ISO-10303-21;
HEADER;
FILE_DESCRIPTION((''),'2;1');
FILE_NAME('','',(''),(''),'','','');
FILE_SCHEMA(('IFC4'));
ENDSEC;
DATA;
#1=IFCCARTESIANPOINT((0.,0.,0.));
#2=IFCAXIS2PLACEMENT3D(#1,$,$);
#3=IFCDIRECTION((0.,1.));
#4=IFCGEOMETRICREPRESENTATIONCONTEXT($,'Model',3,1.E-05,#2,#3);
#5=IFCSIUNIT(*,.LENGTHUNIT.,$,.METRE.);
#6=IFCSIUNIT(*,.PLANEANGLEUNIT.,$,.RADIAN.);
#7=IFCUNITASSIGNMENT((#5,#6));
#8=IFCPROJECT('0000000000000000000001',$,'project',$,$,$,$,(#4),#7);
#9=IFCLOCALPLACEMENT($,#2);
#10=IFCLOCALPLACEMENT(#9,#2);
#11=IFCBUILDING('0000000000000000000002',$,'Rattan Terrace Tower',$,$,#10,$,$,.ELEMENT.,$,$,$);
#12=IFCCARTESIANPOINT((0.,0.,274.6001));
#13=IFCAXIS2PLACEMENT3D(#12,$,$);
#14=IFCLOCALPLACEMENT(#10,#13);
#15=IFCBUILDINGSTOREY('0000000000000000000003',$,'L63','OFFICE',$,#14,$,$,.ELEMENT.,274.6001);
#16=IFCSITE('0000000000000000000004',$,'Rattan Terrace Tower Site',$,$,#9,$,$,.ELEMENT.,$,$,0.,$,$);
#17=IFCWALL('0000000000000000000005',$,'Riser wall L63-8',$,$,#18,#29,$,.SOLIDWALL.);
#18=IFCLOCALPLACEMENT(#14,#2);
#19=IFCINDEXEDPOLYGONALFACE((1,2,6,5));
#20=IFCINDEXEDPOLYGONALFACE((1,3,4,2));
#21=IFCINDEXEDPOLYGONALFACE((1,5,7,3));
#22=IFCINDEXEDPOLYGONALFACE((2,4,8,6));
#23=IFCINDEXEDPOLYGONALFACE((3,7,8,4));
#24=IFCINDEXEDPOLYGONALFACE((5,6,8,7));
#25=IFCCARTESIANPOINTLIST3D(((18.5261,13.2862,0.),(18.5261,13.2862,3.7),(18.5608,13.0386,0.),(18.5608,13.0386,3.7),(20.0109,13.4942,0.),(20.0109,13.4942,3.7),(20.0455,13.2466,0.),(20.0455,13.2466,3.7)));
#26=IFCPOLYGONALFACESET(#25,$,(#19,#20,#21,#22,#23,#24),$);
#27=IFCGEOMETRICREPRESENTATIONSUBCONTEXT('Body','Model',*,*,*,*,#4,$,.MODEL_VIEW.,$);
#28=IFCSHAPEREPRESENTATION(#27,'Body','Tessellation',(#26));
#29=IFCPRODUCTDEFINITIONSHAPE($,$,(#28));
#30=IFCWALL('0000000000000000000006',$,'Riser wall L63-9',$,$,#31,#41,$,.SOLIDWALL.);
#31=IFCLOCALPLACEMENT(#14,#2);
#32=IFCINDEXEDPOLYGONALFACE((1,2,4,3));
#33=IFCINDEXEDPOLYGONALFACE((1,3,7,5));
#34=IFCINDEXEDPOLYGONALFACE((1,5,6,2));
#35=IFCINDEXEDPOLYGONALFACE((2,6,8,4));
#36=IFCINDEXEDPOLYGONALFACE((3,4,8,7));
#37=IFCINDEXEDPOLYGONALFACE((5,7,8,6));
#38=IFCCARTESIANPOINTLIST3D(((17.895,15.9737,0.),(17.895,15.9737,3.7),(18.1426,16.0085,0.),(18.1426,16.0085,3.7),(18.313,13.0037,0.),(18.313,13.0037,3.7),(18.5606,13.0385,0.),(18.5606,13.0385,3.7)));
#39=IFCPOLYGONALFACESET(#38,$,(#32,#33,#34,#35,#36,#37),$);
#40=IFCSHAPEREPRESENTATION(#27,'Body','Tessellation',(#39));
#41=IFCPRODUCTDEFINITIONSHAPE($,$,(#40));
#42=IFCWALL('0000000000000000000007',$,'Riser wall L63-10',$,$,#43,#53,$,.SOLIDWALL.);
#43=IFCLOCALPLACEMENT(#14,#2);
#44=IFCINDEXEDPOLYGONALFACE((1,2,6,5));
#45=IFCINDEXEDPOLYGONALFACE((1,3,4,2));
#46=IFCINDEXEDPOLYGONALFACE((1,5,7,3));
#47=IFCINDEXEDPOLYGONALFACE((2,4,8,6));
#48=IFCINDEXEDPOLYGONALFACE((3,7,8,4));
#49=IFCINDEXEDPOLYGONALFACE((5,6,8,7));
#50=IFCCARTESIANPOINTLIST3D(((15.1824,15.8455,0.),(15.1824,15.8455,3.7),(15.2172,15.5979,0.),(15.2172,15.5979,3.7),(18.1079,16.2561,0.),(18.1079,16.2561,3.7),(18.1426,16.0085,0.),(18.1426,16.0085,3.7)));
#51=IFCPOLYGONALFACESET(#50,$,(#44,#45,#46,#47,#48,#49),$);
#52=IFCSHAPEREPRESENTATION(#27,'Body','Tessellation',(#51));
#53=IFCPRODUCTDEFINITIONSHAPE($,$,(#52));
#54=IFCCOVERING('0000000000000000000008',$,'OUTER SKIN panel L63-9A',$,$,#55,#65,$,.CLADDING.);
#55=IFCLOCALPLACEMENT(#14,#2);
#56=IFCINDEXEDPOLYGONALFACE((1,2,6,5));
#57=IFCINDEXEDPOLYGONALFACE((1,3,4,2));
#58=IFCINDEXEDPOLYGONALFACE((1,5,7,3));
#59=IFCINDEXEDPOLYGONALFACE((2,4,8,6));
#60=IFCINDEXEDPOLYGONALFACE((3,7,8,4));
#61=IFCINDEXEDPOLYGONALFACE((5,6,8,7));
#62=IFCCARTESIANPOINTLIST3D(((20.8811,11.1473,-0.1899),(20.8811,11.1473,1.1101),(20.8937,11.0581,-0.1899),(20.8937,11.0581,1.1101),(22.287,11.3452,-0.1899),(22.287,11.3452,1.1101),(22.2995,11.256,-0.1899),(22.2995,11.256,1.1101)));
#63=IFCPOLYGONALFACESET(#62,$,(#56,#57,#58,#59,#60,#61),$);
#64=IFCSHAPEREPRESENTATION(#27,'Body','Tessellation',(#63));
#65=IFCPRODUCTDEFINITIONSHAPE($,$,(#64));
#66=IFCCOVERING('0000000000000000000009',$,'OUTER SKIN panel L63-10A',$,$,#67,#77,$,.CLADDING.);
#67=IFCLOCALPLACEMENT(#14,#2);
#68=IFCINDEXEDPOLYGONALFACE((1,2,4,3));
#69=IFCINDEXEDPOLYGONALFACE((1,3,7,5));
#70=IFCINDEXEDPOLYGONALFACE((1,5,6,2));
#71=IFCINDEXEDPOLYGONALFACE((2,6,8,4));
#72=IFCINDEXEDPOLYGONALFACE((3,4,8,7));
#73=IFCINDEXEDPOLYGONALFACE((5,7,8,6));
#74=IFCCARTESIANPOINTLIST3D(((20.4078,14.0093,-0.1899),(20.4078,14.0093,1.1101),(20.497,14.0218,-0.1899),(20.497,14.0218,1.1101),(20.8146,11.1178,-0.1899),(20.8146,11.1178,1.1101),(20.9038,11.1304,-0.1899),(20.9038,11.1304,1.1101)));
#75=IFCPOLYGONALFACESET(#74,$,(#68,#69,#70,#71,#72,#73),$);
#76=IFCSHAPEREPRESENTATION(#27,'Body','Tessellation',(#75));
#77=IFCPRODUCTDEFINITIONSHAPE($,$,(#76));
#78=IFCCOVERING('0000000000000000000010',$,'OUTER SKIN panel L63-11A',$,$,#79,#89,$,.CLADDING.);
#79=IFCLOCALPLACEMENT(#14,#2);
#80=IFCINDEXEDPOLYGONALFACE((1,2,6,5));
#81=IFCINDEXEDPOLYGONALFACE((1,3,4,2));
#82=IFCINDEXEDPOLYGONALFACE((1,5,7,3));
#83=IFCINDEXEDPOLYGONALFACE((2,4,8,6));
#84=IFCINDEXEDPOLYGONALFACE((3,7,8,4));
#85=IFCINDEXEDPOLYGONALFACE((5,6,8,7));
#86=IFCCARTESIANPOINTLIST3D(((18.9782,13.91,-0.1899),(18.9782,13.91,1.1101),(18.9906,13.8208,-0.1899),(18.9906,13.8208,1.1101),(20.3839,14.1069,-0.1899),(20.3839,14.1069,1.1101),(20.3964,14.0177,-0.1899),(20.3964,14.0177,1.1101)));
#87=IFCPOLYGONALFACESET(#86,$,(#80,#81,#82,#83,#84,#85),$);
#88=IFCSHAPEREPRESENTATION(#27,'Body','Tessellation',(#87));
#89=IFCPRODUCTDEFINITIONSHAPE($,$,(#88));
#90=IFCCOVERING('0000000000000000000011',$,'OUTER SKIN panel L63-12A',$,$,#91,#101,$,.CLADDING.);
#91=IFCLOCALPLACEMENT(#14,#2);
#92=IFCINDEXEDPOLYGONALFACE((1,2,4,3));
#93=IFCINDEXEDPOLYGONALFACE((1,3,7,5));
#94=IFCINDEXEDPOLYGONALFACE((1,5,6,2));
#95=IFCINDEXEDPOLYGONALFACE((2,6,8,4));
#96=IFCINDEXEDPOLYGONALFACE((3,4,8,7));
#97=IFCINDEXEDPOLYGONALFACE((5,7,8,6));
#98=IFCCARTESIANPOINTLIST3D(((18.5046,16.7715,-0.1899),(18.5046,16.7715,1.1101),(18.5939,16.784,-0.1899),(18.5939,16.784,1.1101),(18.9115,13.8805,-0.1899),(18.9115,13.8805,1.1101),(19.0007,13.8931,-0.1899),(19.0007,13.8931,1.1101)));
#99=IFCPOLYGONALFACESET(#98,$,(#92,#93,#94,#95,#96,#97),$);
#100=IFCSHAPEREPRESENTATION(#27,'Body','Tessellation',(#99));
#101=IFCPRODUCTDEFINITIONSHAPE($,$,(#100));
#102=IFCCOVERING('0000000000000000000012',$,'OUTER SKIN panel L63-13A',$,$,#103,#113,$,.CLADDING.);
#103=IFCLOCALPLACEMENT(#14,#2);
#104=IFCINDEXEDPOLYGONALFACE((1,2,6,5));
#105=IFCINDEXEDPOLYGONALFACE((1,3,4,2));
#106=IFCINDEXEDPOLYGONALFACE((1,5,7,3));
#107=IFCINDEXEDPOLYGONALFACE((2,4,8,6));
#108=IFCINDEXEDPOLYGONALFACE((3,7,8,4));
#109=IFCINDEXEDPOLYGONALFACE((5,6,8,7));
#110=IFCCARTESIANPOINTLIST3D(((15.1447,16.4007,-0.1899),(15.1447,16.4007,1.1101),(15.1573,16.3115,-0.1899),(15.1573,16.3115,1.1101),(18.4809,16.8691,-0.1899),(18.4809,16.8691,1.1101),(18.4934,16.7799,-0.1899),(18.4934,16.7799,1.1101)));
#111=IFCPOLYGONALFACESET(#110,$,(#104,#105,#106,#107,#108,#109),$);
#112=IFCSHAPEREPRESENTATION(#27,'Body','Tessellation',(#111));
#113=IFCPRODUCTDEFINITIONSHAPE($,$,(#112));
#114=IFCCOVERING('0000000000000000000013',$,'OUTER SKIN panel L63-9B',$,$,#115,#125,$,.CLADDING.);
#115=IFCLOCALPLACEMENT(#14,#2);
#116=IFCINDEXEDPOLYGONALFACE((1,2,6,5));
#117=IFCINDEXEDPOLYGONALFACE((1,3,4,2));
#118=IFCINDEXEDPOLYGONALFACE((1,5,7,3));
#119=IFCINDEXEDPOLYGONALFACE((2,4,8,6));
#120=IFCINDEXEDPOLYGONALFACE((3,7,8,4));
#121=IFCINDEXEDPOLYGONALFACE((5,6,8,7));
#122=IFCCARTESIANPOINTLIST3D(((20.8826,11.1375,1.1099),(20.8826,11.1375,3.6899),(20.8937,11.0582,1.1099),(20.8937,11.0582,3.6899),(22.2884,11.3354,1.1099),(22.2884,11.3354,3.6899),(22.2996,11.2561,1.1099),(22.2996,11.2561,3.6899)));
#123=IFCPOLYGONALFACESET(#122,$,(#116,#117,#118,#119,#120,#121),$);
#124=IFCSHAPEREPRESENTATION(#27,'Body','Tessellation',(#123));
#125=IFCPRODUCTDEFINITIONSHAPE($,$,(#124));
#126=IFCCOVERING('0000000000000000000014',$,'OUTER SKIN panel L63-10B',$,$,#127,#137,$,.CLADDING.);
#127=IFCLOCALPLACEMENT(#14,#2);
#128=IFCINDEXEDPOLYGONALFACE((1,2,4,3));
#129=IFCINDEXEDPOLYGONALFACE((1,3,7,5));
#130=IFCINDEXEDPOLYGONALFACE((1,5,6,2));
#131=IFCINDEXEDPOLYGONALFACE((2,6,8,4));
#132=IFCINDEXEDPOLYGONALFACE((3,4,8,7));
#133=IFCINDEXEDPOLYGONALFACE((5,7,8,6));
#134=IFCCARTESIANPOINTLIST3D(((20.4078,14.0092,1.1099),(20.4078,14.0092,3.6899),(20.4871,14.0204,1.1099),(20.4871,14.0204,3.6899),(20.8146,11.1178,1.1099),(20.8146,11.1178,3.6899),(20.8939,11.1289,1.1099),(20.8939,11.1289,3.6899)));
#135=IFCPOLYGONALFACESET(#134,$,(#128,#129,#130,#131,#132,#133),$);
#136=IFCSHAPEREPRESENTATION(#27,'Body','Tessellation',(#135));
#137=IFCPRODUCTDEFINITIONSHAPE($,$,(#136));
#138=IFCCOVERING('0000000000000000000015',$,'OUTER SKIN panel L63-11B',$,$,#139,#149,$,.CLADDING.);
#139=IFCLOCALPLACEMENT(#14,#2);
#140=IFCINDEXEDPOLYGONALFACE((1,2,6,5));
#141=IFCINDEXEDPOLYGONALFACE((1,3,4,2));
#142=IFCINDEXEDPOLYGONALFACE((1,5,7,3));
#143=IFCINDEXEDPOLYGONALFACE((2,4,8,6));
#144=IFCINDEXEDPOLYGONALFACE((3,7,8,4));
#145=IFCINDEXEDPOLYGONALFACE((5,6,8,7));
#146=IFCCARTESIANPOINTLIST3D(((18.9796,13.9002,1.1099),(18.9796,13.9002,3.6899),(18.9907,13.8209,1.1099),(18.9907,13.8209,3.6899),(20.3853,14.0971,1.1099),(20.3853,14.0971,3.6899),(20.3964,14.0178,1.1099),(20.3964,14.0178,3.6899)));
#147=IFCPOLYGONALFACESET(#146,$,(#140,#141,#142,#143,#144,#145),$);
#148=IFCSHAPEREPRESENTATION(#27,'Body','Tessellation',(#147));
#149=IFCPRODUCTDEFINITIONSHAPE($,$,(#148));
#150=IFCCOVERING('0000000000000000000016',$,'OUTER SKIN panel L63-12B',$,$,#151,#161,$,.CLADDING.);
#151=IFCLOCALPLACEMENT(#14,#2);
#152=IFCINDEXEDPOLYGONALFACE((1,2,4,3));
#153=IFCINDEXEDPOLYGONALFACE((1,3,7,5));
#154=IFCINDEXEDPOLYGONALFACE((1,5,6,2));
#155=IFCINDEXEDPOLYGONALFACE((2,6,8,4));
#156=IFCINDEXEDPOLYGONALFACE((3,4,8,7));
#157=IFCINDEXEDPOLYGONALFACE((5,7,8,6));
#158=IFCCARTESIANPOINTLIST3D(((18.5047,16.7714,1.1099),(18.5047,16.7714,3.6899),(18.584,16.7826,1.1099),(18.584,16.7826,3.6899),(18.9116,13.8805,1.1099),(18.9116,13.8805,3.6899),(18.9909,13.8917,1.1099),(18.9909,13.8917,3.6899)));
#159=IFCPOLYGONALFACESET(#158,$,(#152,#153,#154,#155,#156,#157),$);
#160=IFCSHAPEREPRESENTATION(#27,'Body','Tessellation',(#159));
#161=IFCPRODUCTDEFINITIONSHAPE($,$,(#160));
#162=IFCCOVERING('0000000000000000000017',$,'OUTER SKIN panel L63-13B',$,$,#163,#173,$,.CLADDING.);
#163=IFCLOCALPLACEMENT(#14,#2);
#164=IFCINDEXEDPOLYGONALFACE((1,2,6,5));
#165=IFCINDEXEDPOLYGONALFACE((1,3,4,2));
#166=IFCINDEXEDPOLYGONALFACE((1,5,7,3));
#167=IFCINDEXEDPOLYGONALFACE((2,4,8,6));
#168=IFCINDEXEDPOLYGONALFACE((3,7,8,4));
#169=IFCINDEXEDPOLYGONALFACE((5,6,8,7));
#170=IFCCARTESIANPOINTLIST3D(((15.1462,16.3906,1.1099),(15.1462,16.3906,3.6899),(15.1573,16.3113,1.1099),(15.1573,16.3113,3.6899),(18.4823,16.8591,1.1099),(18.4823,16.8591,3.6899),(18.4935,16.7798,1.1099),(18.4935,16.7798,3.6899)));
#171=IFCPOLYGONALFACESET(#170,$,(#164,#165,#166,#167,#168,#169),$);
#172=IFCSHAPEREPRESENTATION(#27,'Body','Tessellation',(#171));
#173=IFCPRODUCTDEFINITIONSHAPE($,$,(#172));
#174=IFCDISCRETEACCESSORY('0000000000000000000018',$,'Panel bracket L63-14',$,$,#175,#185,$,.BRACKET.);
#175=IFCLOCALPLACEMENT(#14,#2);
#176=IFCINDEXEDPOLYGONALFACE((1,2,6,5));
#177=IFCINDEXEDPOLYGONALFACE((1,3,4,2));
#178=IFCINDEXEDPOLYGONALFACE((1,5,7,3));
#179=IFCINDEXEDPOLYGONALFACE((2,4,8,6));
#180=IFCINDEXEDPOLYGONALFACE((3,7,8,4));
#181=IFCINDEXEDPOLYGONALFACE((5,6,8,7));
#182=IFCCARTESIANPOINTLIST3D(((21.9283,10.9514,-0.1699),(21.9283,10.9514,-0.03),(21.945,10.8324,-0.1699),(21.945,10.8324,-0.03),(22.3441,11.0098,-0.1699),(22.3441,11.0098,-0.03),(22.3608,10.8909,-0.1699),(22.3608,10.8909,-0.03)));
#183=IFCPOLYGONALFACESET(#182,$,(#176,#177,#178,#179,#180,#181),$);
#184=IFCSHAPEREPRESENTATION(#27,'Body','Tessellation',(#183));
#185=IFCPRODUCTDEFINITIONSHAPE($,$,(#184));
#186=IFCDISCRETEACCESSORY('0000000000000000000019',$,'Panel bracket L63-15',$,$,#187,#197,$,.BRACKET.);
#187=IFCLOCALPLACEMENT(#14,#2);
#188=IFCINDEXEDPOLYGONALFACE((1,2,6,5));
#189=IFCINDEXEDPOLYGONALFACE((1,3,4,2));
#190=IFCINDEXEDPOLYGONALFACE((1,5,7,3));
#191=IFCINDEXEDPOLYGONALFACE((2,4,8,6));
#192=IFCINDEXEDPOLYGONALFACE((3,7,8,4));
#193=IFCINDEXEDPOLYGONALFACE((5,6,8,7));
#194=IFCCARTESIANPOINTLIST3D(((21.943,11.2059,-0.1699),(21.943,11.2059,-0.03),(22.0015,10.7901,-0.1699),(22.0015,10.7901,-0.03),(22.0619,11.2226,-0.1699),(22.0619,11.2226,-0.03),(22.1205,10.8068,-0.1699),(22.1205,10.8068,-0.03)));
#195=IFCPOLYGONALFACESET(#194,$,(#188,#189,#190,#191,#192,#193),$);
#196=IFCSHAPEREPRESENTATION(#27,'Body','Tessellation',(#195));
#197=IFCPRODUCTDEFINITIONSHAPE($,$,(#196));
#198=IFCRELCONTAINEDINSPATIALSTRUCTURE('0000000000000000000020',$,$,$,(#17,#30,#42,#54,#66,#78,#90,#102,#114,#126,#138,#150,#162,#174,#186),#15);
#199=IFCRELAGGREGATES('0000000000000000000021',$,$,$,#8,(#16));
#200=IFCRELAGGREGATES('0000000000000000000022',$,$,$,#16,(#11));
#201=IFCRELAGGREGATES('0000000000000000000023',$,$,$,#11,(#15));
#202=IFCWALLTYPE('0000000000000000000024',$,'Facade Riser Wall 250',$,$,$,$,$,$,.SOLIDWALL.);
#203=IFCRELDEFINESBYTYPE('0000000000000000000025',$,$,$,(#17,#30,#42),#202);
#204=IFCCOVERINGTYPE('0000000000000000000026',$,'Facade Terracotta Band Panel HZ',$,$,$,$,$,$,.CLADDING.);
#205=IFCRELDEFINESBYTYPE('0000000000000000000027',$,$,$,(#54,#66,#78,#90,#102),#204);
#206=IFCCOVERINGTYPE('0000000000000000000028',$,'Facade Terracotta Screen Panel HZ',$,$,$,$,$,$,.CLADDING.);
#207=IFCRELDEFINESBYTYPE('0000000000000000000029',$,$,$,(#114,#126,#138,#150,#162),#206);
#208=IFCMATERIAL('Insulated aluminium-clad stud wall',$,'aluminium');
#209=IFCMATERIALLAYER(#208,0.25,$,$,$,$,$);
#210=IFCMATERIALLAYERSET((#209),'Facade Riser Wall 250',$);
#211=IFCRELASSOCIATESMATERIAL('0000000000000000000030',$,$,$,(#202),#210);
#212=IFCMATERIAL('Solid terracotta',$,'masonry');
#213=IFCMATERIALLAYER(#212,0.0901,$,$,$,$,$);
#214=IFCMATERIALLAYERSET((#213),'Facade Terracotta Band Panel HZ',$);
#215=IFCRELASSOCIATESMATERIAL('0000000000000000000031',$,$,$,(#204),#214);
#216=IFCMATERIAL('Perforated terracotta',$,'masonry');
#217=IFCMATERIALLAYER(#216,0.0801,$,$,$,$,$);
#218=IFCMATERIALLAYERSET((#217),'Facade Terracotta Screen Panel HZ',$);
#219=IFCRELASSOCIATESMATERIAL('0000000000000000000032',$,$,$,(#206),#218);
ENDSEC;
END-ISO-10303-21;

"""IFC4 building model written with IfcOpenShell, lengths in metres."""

from ifc_helpers import new_model, si_unit, direction, frame, frame_2d, origin, origin_2d, place, context, subcontext, project, spatial, rectangle, extrude, material, layer, layer_set, type_object, element, save


model = new_model("IFC4")

# Units and contexts
model_context = context("Model", 3, precision=1e-05, world=origin(), true_north=direction((0.0, 1.0)))
body_context = subcontext(model_context, "Body", "Model", "MODEL_VIEW")
ifc_project = project(units=[si_unit("LENGTHUNIT", "METRE"), si_unit("PLANEANGLEUNIT", "RADIAN")], contexts=[model_context])

# Site, building, storey
site_placement = place(None, origin())
site = spatial("IfcSite", under=ifc_project, at=site_placement, Name="Rattan Terrace Tower Site", CompositionType="ELEMENT", RefElevation=0.0)
building_placement = place(site_placement, origin())
building = spatial("IfcBuilding", under=site, at=building_placement, Name="Rattan Terrace Tower", CompositionType="ELEMENT")
storey_placement = place(building_placement, frame((0.0, 0.0, 274.6001)))
storey = spatial("IfcBuildingStorey", under=building, at=storey_placement, Name="L63", Description="OFFICE", CompositionType="ELEMENT", Elevation=274.6001)

# Walls
ifc_material_1 = material(Name="Insulated aluminium-clad stud wall", Category="aluminium")
ifc_layer_1 = layer(ifc_material_1, 0.25)
ifc_layer_set_1 = layer_set([ifc_layer_1], Name="Facade Riser Wall 250")
wall_type = type_object("IfcWallType", Name="Facade Riser Wall 250", PredefinedType="SOLIDWALL", material=ifc_layer_set_1)
wall_1_placement = place(storey_placement, frame((20.0281, 13.3704, 0.0), z_axis=(0.0, 0.0, 1.0), x_axis=(-0.99033, -0.138731, 0.0)))
element("IfcWall", 1, at=wall_1_placement, inside=storey, type_object=wall_type, Name="Riser wall L63-8", PredefinedType="SOLIDWALL", context=body_context, shape_type="SweptSolid", body=[
    extrude(rectangle(XDim=1.4993, YDim=0.25, at=frame_2d((0.7495, 0.0))), origin(), (0.0, 0.0, 1.0), 3.7),
])
wall_2_placement = place(storey_placement, frame((18.4368, 13.0212, 0.0), z_axis=(0.0, 0.0, 1.0), x_axis=(-0.139358, 0.990242, 0.0)))
element("IfcWall", 2, at=wall_2_placement, inside=storey, type_object=wall_type, Name="Riser wall L63-9", PredefinedType="SOLIDWALL", context=body_context, shape_type="SweptSolid", body=[
    extrude(rectangle(XDim=2.9993, YDim=0.25, at=frame_2d((1.4995, 0.0))), origin(), (0.0, 0.0, 1.0), 3.7),
])
wall_3_placement = place(storey_placement, frame((18.1252, 16.1323, 0.0), z_axis=(0.0, 0.0, 1.0), x_axis=(-0.990292, -0.139003, 0.0)))
element("IfcWall", 3, at=wall_3_placement, inside=storey, type_object=wall_type, Name="Riser wall L63-10", PredefinedType="SOLIDWALL", context=body_context, shape_type="SweptSolid", body=[
    extrude(rectangle(XDim=2.9541, YDim=0.25, at=frame_2d((1.4771, 0.0))), origin(), (0.0, 0.0, 1.0), 3.7),
])

# Coverings
ifc_material_2 = material(Name="Solid terracotta", Category="masonry")
ifc_layer_2 = layer(ifc_material_2, 0.0901)
ifc_layer_set_2 = layer_set([ifc_layer_2], Name="Facade Terracotta Band Panel HZ")
covering_type_1 = type_object("IfcCoveringType", Name="Facade Terracotta Band Panel HZ", PredefinedType="CLADDING", material=ifc_layer_set_2)
covering_1_placement = place(storey_placement, frame((21.5903, 11.2017, -0.1899), z_axis=(0.0, 0.0, 1.0), x_axis=(-0.990241, -0.139367, 0.0)))
element("IfcCovering", 4, at=covering_1_placement, inside=storey, type_object=covering_type_1, Name="OUTER SKIN panel L63-9A", PredefinedType="CLADDING", context=body_context, shape_type="SweptSolid", body=[
    extrude(rectangle(XDim=1.4197, YDim=0.0901, at=origin_2d()), origin(), (0.0, 0.0, 1.0), 1.3),
])
covering_2_placement = place(storey_placement, frame((20.6558, 12.5698, -0.1899), z_axis=(0.0, 0.0, 1.0), x_axis=(-0.139321, 0.990247, 0.0)))
element("IfcCovering", 5, at=covering_2_placement, inside=storey, type_object=covering_type_1, Name="OUTER SKIN panel L63-10A", PredefinedType="CLADDING", context=body_context, shape_type="SweptSolid", body=[
    extrude(rectangle(XDim=2.9199, YDim=0.0901, at=origin_2d()), origin(), (0.0, 0.0, 1.0), 1.3),
])
covering_3_placement = place(storey_placement, frame((19.6873, 13.9639, -0.1899), z_axis=(0.0, 0.0, 1.0), x_axis=(-0.990333, -0.138713, 0.0)))
element("IfcCovering", 6, at=covering_3_placement, inside=storey, type_object=covering_type_1, Name="OUTER SKIN panel L63-11A", PredefinedType="CLADDING", context=body_context, shape_type="SweptSolid", body=[
    extrude(rectangle(XDim=1.4194, YDim=0.0901, at=origin_2d()), origin(), (0.0, 0.0, 1.0), 1.3),
])
covering_4_placement = place(storey_placement, frame((18.7527, 15.3323, -0.1899), z_axis=(0.0, 0.0, 1.0), x_axis=(-0.139367, 0.990241, 0.0)))
element("IfcCovering", 7, at=covering_4_placement, inside=storey, type_object=covering_type_1, Name="OUTER SKIN panel L63-12A", PredefinedType="CLADDING", context=body_context, shape_type="SweptSolid", body=[
    extrude(rectangle(XDim=2.9194, YDim=0.0901, at=origin_2d()), origin(), (0.0, 0.0, 1.0), 1.3),
])
covering_5_placement = place(storey_placement, frame((16.8191, 16.5903, -0.1899), z_axis=(0.0, 0.0, 1.0), x_axis=(-0.990287, -0.13904, 0.0)))
element("IfcCovering", 8, at=covering_5_placement, inside=storey, type_object=covering_type_1, Name="OUTER SKIN panel L63-13A", PredefinedType="CLADDING", context=body_context, shape_type="SweptSolid", body=[
    extrude(rectangle(XDim=3.3689, YDim=0.0901, at=origin_2d()), origin(), (0.0, 0.0, 1.0), 1.3),
])
ifc_material_3 = material(Name="Perforated terracotta", Category="masonry")
ifc_layer_3 = layer(ifc_material_3, 0.0801)
ifc_layer_set_3 = layer_set([ifc_layer_3], Name="Facade Terracotta Screen Panel HZ")
covering_type_2 = type_object("IfcCoveringType", Name="Facade Terracotta Screen Panel HZ", PredefinedType="CLADDING", material=ifc_layer_set_3)
covering_6_placement = place(storey_placement, frame((21.5911, 11.1968, 1.1099), z_axis=(0.0, 0.0, 1.0), x_axis=(-0.990241, -0.139367, 0.0)))
element("IfcCovering", 9, at=covering_6_placement, inside=storey, type_object=covering_type_2, Name="OUTER SKIN panel L63-9B", PredefinedType="CLADDING", context=body_context, shape_type="SweptSolid", body=[
    extrude(rectangle(XDim=1.4197, YDim=0.0801, at=origin_2d()), origin(), (0.0, 0.0, 1.0), 2.5801),
])
covering_7_placement = place(storey_placement, frame((20.6509, 12.5691, 1.1099), z_axis=(0.0, 0.0, 1.0), x_axis=(-0.139321, 0.990247, 0.0)))
element("IfcCovering", 10, at=covering_7_placement, inside=storey, type_object=covering_type_2, Name="OUTER SKIN panel L63-10B", PredefinedType="CLADDING", context=body_context, shape_type="SweptSolid", body=[
    extrude(rectangle(XDim=2.9199, YDim=0.0801, at=origin_2d()), origin(), (0.0, 0.0, 1.0), 2.5801),
])
covering_8_placement = place(storey_placement, frame((19.688, 13.959, 1.1099), z_axis=(0.0, 0.0, 1.0), x_axis=(-0.990333, -0.138713, 0.0)))
element("IfcCovering", 11, at=covering_8_placement, inside=storey, type_object=covering_type_2, Name="OUTER SKIN panel L63-11B", PredefinedType="CLADDING", context=body_context, shape_type="SweptSolid", body=[
    extrude(rectangle(XDim=1.4194, YDim=0.0801, at=origin_2d()), origin(), (0.0, 0.0, 1.0), 2.5801),
])
covering_9_placement = place(storey_placement, frame((18.7478, 15.3315, 1.1099), z_axis=(0.0, 0.0, 1.0), x_axis=(-0.139367, 0.990241, 0.0)))
element("IfcCovering", 12, at=covering_9_placement, inside=storey, type_object=covering_type_2, Name="OUTER SKIN panel L63-12B", PredefinedType="CLADDING", context=body_context, shape_type="SweptSolid", body=[
    extrude(rectangle(XDim=2.9194, YDim=0.0801, at=origin_2d()), origin(), (0.0, 0.0, 1.0), 2.5801),
])
covering_10_placement = place(storey_placement, frame((16.8198, 16.5852, 1.1099), z_axis=(0.0, 0.0, 1.0), x_axis=(-0.990287, -0.13904, 0.0)))
element("IfcCovering", 13, at=covering_10_placement, inside=storey, type_object=covering_type_2, Name="OUTER SKIN panel L63-13B", PredefinedType="CLADDING", context=body_context, shape_type="SweptSolid", body=[
    extrude(rectangle(XDim=3.3689, YDim=0.0801, at=origin_2d()), origin(), (0.0, 0.0, 1.0), 2.5801),
])

# Discrete accessories
for number, where, z_axis, x_axis, name in (
    (14, (22.1445, 10.9211, -0.1699), (0.0, 0.0, 1.0), (-0.139192, 0.990265, 0.0), "Panel bracket L63-14"),
    (15, (22.0317, 11.0063, -0.1699), (0.0, 0.0, 1.0), (-0.990241, -0.139367, 0.0), "Panel bracket L63-15"),
):
    element("IfcDiscreteAccessory", number, at=place(storey_placement, frame(where, z_axis=z_axis, x_axis=x_axis)), inside=storey, Name=name, PredefinedType="BRACKET", context=body_context, shape_type="SweptSolid", body=[
        extrude(rectangle(XDim=0.1201, YDim=0.4199, at=origin_2d()), origin(), (0.0, 0.0, 1.0), 0.1399),
    ])

save(model, "model.ifc")
